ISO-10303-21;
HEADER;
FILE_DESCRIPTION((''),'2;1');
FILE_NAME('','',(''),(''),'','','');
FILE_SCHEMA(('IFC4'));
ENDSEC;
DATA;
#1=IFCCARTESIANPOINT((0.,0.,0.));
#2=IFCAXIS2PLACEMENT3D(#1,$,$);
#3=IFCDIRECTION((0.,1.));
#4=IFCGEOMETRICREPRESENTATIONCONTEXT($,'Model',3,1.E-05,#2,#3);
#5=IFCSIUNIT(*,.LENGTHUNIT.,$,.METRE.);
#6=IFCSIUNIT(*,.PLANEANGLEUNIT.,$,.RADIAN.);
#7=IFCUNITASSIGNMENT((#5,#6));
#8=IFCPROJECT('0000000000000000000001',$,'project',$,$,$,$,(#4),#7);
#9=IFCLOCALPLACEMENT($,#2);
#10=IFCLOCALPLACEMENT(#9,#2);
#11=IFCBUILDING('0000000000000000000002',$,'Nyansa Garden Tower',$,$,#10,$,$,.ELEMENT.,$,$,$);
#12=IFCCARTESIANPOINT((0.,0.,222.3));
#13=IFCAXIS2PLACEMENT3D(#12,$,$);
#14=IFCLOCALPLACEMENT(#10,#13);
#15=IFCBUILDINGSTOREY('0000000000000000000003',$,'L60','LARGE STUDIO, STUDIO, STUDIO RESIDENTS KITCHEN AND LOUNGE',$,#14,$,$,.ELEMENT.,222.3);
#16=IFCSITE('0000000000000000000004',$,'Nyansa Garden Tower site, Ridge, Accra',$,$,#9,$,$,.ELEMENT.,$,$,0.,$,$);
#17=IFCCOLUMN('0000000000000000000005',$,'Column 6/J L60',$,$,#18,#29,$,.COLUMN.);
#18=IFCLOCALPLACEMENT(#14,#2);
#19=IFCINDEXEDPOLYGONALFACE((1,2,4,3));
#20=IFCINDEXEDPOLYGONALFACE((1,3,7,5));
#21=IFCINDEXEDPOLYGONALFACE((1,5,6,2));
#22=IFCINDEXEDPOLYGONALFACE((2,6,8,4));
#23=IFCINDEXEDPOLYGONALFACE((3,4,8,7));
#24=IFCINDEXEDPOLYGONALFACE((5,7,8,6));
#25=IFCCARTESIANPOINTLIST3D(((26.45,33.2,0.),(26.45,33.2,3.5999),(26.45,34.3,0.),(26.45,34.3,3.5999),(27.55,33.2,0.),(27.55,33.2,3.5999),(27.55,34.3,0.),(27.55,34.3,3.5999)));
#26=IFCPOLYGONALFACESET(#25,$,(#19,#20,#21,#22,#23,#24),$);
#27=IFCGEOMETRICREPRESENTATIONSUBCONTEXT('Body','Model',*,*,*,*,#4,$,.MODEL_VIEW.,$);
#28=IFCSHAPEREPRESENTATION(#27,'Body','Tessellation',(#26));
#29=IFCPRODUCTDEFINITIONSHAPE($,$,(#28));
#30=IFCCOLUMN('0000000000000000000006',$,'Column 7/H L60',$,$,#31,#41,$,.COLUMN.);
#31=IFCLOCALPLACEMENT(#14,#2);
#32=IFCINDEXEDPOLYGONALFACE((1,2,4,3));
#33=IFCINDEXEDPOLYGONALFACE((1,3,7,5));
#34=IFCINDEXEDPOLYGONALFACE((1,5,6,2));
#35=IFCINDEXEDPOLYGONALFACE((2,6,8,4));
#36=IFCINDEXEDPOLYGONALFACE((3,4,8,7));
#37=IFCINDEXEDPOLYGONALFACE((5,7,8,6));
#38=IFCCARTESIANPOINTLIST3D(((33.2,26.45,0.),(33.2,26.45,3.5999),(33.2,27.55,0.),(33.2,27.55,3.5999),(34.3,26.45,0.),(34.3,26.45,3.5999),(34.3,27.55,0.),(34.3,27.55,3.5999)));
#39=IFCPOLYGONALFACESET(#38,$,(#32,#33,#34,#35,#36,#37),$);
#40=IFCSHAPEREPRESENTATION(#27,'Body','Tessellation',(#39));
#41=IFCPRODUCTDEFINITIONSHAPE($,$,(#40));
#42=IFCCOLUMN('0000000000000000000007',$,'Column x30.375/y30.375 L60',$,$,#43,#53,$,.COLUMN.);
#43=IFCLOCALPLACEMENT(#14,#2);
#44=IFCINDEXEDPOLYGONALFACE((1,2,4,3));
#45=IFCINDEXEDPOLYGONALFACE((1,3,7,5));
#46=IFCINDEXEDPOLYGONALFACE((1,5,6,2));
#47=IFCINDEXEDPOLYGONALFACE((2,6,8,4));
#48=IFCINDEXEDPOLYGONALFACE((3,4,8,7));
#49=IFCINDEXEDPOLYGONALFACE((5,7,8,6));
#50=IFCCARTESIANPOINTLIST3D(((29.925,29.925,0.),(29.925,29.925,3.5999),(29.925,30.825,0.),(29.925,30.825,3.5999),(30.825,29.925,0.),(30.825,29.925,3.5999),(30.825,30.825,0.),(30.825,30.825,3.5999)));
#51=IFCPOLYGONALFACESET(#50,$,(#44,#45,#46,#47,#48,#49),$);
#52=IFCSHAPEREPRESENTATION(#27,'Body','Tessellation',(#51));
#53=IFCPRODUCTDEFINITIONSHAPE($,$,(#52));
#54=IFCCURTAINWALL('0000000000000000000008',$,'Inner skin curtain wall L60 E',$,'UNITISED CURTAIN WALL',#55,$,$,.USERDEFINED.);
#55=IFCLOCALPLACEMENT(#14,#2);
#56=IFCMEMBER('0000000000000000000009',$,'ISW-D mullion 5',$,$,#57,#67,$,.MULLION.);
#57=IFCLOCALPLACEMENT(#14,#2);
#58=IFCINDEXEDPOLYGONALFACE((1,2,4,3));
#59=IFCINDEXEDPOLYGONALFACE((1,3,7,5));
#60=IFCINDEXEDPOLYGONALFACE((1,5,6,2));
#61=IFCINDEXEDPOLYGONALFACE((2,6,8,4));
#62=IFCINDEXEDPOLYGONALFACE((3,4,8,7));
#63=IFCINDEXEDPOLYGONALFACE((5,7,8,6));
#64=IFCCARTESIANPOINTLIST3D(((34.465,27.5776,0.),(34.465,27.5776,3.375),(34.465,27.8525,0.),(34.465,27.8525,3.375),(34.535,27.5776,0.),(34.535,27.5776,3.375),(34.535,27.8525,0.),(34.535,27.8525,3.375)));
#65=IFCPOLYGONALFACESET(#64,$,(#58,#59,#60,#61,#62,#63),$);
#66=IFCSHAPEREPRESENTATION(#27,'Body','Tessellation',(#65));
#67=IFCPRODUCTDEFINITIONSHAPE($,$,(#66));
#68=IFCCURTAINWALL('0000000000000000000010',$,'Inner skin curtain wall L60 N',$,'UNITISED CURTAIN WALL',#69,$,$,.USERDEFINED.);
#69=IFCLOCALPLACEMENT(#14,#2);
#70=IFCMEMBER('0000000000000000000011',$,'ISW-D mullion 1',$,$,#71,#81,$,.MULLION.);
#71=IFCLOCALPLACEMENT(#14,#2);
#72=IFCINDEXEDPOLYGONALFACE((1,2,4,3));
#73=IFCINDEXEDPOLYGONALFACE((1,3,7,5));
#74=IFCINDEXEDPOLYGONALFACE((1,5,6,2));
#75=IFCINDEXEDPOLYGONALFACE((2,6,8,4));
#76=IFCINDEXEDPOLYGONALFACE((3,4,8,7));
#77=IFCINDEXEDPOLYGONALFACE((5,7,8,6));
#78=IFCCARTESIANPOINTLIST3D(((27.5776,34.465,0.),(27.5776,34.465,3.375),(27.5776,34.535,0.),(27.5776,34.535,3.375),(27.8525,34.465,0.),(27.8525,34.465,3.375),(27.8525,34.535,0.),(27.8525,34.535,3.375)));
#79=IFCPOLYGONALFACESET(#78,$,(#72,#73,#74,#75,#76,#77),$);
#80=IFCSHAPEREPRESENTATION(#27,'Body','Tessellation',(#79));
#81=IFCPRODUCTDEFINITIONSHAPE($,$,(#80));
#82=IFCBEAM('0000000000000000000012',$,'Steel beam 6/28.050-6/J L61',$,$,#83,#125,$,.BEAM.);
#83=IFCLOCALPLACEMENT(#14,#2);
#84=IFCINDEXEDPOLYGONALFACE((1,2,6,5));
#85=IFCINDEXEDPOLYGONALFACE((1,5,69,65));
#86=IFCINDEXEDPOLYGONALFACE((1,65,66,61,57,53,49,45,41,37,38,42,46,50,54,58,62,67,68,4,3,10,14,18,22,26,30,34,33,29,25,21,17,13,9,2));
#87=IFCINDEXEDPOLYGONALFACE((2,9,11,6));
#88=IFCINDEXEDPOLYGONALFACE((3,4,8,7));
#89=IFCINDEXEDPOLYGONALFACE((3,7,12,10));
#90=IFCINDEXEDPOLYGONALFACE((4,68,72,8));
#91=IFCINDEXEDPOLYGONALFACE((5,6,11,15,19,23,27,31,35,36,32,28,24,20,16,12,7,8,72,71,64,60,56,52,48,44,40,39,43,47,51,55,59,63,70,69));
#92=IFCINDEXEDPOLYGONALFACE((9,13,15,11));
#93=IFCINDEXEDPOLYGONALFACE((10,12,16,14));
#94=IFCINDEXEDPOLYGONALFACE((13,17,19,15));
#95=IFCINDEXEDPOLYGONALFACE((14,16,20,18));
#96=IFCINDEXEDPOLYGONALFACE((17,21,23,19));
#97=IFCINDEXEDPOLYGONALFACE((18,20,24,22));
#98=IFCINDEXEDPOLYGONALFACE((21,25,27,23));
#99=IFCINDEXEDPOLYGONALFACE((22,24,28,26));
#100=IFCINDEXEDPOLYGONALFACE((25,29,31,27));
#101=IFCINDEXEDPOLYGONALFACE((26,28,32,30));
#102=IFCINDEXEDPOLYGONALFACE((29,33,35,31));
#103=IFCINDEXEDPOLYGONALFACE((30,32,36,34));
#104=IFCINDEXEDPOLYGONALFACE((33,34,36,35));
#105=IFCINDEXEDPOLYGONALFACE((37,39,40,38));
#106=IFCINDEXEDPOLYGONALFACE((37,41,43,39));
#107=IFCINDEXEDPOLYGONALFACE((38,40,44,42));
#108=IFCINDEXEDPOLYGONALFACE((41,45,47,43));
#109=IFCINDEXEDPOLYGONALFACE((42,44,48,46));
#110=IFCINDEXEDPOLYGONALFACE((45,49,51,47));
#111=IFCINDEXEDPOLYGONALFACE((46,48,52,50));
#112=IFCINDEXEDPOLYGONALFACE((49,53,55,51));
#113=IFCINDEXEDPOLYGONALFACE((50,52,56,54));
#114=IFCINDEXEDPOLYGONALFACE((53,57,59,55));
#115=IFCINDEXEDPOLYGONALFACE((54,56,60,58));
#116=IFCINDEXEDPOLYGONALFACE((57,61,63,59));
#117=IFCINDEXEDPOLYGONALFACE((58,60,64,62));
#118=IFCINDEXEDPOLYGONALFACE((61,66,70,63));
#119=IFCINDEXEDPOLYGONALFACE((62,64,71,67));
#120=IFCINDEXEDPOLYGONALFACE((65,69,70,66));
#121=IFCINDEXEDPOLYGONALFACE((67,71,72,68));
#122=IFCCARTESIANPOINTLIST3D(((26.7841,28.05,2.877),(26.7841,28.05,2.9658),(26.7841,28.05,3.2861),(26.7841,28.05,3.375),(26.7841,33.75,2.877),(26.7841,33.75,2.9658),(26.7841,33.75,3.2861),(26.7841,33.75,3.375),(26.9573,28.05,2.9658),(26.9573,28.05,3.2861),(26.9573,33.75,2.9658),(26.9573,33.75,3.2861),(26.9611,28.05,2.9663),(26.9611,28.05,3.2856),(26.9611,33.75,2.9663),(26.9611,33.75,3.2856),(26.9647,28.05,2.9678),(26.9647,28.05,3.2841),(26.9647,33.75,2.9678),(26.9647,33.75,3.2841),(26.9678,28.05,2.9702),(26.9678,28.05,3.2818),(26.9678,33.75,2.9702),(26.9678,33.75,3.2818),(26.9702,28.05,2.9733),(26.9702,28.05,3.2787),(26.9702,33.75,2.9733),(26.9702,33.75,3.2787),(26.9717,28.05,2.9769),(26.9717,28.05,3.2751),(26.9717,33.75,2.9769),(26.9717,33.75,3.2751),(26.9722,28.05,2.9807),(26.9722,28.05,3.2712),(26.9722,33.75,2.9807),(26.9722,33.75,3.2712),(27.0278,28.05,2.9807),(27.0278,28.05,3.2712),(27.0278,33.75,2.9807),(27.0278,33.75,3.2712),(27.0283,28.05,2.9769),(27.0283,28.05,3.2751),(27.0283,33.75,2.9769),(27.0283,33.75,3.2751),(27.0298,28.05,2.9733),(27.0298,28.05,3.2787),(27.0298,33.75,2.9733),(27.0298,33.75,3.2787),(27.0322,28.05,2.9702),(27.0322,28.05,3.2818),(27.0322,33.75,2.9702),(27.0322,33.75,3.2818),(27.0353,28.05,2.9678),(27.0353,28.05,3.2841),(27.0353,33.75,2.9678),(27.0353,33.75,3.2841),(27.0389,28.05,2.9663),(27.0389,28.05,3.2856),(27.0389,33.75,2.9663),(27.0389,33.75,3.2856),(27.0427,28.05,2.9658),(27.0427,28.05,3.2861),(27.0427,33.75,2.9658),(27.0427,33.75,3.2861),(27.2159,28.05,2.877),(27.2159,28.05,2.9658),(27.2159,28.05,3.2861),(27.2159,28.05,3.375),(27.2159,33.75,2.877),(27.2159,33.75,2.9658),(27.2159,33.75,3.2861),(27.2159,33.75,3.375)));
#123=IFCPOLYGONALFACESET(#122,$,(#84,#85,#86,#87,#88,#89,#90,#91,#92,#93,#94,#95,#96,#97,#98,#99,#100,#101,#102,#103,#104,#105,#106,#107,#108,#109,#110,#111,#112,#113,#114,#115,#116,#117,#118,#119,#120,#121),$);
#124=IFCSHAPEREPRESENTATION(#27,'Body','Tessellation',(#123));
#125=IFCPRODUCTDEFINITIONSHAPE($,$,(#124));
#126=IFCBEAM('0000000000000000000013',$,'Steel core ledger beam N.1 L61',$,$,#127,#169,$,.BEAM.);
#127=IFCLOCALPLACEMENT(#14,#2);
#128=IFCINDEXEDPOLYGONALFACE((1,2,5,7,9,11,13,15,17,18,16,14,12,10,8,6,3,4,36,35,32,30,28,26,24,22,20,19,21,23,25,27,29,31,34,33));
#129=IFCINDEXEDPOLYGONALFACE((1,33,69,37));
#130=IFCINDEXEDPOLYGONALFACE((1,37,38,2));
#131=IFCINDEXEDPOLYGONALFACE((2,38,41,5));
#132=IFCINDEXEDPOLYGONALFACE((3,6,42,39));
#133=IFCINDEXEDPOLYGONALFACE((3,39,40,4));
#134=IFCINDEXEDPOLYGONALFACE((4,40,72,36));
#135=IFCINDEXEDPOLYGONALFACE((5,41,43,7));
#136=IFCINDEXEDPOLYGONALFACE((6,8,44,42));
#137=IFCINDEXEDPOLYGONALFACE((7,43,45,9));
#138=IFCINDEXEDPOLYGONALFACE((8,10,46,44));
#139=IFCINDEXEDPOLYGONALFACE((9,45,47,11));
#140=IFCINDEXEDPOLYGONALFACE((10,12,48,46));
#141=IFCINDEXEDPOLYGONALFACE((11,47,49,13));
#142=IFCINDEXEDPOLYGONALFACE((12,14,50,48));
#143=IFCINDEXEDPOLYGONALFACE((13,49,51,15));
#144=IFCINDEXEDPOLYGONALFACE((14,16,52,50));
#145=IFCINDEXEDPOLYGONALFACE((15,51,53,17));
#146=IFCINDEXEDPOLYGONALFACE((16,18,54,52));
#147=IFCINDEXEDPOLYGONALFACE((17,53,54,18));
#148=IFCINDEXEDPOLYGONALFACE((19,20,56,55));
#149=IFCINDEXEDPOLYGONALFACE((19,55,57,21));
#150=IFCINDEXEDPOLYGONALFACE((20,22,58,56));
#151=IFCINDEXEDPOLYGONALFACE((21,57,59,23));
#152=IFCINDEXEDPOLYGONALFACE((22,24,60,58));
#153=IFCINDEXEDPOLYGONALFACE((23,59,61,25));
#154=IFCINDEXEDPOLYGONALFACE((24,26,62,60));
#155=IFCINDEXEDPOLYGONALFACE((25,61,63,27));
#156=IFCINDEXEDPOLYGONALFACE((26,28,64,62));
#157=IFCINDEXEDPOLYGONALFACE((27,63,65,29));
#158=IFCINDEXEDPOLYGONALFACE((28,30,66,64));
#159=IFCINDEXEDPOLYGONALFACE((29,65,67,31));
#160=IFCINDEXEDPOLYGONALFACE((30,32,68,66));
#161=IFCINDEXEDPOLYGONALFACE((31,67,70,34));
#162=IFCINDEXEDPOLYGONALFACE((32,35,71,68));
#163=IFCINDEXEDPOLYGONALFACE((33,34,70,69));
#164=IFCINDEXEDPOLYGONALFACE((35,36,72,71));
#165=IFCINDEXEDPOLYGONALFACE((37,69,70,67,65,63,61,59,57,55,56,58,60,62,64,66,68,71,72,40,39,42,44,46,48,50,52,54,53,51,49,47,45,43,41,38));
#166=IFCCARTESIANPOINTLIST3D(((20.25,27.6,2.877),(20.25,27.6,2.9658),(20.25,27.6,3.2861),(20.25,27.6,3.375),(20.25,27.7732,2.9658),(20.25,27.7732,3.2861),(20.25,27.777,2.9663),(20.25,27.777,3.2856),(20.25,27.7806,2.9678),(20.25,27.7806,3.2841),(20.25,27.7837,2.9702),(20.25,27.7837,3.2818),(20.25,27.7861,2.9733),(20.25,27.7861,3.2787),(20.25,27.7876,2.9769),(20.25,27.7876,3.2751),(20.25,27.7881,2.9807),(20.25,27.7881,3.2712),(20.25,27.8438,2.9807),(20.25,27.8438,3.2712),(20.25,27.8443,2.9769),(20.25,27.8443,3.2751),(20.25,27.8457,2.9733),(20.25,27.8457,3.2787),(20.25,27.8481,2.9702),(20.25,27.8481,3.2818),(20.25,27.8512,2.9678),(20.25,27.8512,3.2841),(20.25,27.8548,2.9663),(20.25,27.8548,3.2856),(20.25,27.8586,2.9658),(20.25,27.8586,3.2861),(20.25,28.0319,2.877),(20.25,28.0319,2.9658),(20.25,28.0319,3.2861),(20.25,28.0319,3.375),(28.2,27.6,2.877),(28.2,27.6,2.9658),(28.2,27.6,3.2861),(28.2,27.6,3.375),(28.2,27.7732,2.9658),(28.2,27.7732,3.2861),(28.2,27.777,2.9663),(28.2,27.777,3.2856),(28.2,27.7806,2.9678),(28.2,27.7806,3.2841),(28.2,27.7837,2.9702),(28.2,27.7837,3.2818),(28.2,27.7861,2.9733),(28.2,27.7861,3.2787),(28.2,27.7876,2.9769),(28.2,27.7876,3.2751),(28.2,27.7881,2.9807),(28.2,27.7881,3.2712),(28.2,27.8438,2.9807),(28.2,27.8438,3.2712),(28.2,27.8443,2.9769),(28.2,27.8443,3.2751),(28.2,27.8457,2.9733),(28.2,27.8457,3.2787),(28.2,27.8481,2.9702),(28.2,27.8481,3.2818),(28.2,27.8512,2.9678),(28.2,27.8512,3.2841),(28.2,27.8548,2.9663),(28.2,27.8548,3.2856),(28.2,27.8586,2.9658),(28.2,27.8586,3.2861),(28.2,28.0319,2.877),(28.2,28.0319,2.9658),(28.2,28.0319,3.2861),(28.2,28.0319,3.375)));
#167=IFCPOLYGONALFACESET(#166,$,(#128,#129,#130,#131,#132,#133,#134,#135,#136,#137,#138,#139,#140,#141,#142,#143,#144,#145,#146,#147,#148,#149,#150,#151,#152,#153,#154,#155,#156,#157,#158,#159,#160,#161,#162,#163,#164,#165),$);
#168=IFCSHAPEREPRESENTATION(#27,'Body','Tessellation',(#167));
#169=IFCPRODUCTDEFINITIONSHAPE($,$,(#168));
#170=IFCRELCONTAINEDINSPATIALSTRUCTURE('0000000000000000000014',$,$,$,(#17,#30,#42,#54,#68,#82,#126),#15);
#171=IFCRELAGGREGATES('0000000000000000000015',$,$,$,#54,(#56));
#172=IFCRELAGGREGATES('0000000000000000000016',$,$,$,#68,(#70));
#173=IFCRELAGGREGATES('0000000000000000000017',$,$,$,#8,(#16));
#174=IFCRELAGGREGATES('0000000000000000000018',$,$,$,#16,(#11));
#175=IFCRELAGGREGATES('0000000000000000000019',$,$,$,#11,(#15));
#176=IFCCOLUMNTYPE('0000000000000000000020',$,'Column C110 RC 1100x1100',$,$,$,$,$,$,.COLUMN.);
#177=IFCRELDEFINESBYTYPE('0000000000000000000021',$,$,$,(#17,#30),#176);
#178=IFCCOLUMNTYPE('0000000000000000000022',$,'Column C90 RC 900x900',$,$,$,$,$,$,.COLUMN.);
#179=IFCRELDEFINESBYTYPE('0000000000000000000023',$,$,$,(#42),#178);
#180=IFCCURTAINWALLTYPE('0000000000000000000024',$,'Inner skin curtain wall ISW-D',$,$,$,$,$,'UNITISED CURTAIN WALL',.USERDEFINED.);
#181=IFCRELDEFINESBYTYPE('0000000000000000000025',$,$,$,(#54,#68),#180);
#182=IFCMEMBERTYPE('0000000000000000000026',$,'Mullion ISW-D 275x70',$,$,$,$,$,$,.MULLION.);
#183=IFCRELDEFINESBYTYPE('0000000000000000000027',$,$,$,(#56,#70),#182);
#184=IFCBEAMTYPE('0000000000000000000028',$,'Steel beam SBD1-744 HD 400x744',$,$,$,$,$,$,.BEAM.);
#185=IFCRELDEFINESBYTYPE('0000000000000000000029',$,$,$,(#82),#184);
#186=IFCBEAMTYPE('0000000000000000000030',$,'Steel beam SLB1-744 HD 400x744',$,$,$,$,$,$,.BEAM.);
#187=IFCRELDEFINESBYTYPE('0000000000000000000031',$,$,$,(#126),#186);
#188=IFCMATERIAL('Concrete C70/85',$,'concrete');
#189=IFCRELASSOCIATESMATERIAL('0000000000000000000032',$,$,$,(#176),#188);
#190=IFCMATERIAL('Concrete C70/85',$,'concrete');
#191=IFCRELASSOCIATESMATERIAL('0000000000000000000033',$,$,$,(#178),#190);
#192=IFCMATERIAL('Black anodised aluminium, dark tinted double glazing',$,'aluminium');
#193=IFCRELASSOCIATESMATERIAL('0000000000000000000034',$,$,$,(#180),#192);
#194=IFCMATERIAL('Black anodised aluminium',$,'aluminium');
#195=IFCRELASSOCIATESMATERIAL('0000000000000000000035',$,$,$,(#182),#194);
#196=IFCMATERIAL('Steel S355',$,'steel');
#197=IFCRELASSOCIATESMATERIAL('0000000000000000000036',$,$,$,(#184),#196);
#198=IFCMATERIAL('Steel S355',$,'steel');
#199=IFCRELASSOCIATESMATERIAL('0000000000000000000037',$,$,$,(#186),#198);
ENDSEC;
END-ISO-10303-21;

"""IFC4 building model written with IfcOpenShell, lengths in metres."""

from ifc_helpers import new_model, si_unit, direction, frame, origin, origin_2d, place, context, subcontext, project, spatial, rectangle, i_section, extrude, material, material_profile, profile_set, type_object, element, aggregate, save


model = new_model("IFC4")

# Units and contexts
model_context = context("Model", 3, precision=1e-05, world=origin(), true_north=direction((0.0, 1.0)))
body_context = subcontext(model_context, "Body", "Model", "MODEL_VIEW")
ifc_project = project(units=[si_unit("LENGTHUNIT", "METRE"), si_unit("PLANEANGLEUNIT", "RADIAN")], contexts=[model_context])

# Site, building, storey
site_placement = place(None, origin())
site = spatial("IfcSite", under=ifc_project, at=site_placement, Name="Nyansa Garden Tower site, Ridge, Accra", CompositionType="ELEMENT", RefElevation=0.0)
building_placement = place(site_placement, origin())
building = spatial("IfcBuilding", under=site, at=building_placement, Name="Nyansa Garden Tower", CompositionType="ELEMENT")
storey_placement = place(building_placement, frame((0.0, 0.0, 222.3)))
storey = spatial("IfcBuildingStorey", under=building, at=storey_placement, Name="L60", Description="LARGE STUDIO, STUDIO, STUDIO RESIDENTS KITCHEN AND LOUNGE", CompositionType="ELEMENT", Elevation=222.3)

# Columns
ifc_material_1 = material(Name="Concrete C70/85", Category="concrete")
ifc_material_profile_1 = material_profile(ifc_material_1, rectangle(XDim=1.1001, YDim=1.1001, at=origin_2d()), Name="RC 1100x1100")
ifc_profile_set_1 = profile_set([ifc_material_profile_1], Name="Concrete C70/85")
column_type_1 = type_object("IfcColumnType", Name="Column C110 RC 1100x1100", PredefinedType="COLUMN", material=ifc_profile_set_1)
for number, where, z_axis, x_axis, name in (
    (1, (27.0, 33.75, 0.0), (0.0, 0.0, 1.0), (1.0, 0.0, 0.0), "Column 6/J L60"),
    (2, (33.75, 27.0, 0.0), (0.0, 0.0, 1.0), (1.0, 0.0, 0.0), "Column 7/H L60"),
):
    element("IfcColumn", number, at=place(storey_placement, frame(where, z_axis=z_axis, x_axis=x_axis)), inside=storey, type_object=column_type_1, Name=name, PredefinedType="COLUMN", context=body_context, shape_type="SweptSolid", body=[
        extrude(rectangle(XDim=1.1001, YDim=1.1001, at=origin_2d()), origin(), (0.0, 0.0, 1.0), 3.5999),
    ])
ifc_material_2 = material(Name="Concrete C70/85", Category="concrete")
ifc_material_profile_2 = material_profile(ifc_material_2, rectangle(XDim=0.8999, YDim=0.8999, at=origin_2d()), Name="RC 900x900")
ifc_profile_set_2 = profile_set([ifc_material_profile_2], Name="Concrete C70/85")
column_type_2 = type_object("IfcColumnType", Name="Column C90 RC 900x900", PredefinedType="COLUMN", material=ifc_profile_set_2)
column_placement = place(storey_placement, frame((30.375, 30.375, 0.0), z_axis=(0.0, 0.0, 1.0), x_axis=(1.0, 0.0, 0.0)))
element("IfcColumn", 3, at=column_placement, inside=storey, type_object=column_type_2, Name="Column x30.375/y30.375 L60", PredefinedType="COLUMN", context=body_context, shape_type="SweptSolid", body=[
    extrude(rectangle(XDim=0.8999, YDim=0.8999, at=origin_2d()), origin(), (0.0, 0.0, 1.0), 3.5999),
])

# Curtain walls, members
ifc_material_3 = material(Name="Black anodised aluminium, dark tinted double glazing", Category="aluminium")
curtain_wall_type = type_object("IfcCurtainWallType", Name="Inner skin curtain wall ISW-D", ElementType="UNITISED CURTAIN WALL", PredefinedType="USERDEFINED", material=ifc_material_3)
curtain_wall_1_placement = place(storey_placement, origin())
curtain_wall_1 = element("IfcCurtainWall", 4, at=curtain_wall_1_placement, inside=storey, type_object=curtain_wall_type, Name="Inner skin curtain wall L60 E", ObjectType="UNITISED CURTAIN WALL", PredefinedType="USERDEFINED")
ifc_material_4 = material(Name="Black anodised aluminium", Category="aluminium")
ifc_material_profile_3 = material_profile(ifc_material_4, rectangle(XDim=0.0701, YDim=0.2749, at=origin_2d()), Name="Mullion 275x70")
ifc_profile_set_3 = profile_set([ifc_material_profile_3], Name="Black anodised aluminium")
member_type_1 = type_object("IfcMemberType", Name="Mullion ISW-D 275x70", PredefinedType="MULLION", material=ifc_profile_set_3)
member_1_placement = place(storey_placement, frame((34.5, 27.7151, 0.0), z_axis=(0.0, 0.0, 1.0), x_axis=(-1.0, 0.0, 0.0)))
member_1 = element("IfcMember", 5, at=member_1_placement, type_object=member_type_1, Name="ISW-D mullion 5", PredefinedType="MULLION", context=body_context, shape_type="SweptSolid", body=[
    extrude(rectangle(XDim=0.0701, YDim=0.2749, at=origin_2d()), origin(), (0.0, 0.0, 1.0), 3.375),
])
aggregate(curtain_wall_1, [member_1])
curtain_wall_2_placement = place(storey_placement, origin())
curtain_wall_2 = element("IfcCurtainWall", 6, at=curtain_wall_2_placement, inside=storey, type_object=curtain_wall_type, Name="Inner skin curtain wall L60 N", ObjectType="UNITISED CURTAIN WALL", PredefinedType="USERDEFINED")
member_2_placement = place(storey_placement, frame((27.7151, 34.5, 0.0), z_axis=(0.0, 0.0, 1.0), x_axis=(0.0, -1.0, 0.0)))
member_2 = element("IfcMember", 7, at=member_2_placement, type_object=member_type_1, Name="ISW-D mullion 1", PredefinedType="MULLION", context=body_context, shape_type="SweptSolid", body=[
    extrude(rectangle(XDim=0.0701, YDim=0.2749, at=origin_2d()), origin(), (0.0, 0.0, 1.0), 3.375),
])

# Beams
ifc_material_5 = material(Name="Steel S355", Category="steel")
ifc_material_profile_4 = material_profile(ifc_material_5, i_section(OverallWidth=0.4319, OverallDepth=0.498, WebThickness=0.0557, FlangeThickness=0.0889, FilletRadius=0.0149, at=origin_2d()), Name="HD 400x744")
ifc_profile_set_4 = profile_set([ifc_material_profile_4], Name="Steel S355")
beam_type_1 = type_object("IfcBeamType", Name="Steel beam SBD1-744 HD 400x744", PredefinedType="BEAM", material=ifc_profile_set_4)
beam_1_placement = place(storey_placement, frame((27.0, 28.05, 3.126), z_axis=(0.0, 1.0, 0.0), x_axis=(-1.0, 0.0, 0.0)))
element("IfcBeam", 8, at=beam_1_placement, inside=storey, type_object=beam_type_1, Name="Steel beam 6/28.050-6/J L61", PredefinedType="BEAM", context=body_context, shape_type="SweptSolid", body=[
    extrude(i_section(OverallWidth=0.4319, OverallDepth=0.498, WebThickness=0.0557, FlangeThickness=0.0889, FilletRadius=0.0149, at=origin_2d()), origin(), (0.0, 0.0, 1.0), 5.7),
])
ifc_material_6 = material(Name="Steel S355", Category="steel")
ifc_material_profile_5 = material_profile(ifc_material_6, i_section(OverallWidth=0.4319, OverallDepth=0.498, WebThickness=0.0557, FlangeThickness=0.0889, FilletRadius=0.0149, at=origin_2d()), Name="HD 400x744")
ifc_profile_set_5 = profile_set([ifc_material_profile_5], Name="Steel S355")
beam_type_2 = type_object("IfcBeamType", Name="Steel beam SLB1-744 HD 400x744", PredefinedType="BEAM", material=ifc_profile_set_5)
beam_2_placement = place(storey_placement, frame((28.2, 27.8159, 3.126), z_axis=(-1.0, 0.0, 0.0), x_axis=(0.0, -1.0, 0.0)))
element("IfcBeam", 9, at=beam_2_placement, inside=storey, type_object=beam_type_2, Name="Steel core ledger beam N.1 L61", PredefinedType="BEAM", context=body_context, shape_type="SweptSolid", body=[
    extrude(i_section(OverallWidth=0.4319, OverallDepth=0.498, WebThickness=0.0557, FlangeThickness=0.0889, FilletRadius=0.0149, at=origin_2d()), origin(), (0.0, 0.0, 1.0), 7.95),
])

aggregate(curtain_wall_2, [member_2])

save(model, "model.ifc")
